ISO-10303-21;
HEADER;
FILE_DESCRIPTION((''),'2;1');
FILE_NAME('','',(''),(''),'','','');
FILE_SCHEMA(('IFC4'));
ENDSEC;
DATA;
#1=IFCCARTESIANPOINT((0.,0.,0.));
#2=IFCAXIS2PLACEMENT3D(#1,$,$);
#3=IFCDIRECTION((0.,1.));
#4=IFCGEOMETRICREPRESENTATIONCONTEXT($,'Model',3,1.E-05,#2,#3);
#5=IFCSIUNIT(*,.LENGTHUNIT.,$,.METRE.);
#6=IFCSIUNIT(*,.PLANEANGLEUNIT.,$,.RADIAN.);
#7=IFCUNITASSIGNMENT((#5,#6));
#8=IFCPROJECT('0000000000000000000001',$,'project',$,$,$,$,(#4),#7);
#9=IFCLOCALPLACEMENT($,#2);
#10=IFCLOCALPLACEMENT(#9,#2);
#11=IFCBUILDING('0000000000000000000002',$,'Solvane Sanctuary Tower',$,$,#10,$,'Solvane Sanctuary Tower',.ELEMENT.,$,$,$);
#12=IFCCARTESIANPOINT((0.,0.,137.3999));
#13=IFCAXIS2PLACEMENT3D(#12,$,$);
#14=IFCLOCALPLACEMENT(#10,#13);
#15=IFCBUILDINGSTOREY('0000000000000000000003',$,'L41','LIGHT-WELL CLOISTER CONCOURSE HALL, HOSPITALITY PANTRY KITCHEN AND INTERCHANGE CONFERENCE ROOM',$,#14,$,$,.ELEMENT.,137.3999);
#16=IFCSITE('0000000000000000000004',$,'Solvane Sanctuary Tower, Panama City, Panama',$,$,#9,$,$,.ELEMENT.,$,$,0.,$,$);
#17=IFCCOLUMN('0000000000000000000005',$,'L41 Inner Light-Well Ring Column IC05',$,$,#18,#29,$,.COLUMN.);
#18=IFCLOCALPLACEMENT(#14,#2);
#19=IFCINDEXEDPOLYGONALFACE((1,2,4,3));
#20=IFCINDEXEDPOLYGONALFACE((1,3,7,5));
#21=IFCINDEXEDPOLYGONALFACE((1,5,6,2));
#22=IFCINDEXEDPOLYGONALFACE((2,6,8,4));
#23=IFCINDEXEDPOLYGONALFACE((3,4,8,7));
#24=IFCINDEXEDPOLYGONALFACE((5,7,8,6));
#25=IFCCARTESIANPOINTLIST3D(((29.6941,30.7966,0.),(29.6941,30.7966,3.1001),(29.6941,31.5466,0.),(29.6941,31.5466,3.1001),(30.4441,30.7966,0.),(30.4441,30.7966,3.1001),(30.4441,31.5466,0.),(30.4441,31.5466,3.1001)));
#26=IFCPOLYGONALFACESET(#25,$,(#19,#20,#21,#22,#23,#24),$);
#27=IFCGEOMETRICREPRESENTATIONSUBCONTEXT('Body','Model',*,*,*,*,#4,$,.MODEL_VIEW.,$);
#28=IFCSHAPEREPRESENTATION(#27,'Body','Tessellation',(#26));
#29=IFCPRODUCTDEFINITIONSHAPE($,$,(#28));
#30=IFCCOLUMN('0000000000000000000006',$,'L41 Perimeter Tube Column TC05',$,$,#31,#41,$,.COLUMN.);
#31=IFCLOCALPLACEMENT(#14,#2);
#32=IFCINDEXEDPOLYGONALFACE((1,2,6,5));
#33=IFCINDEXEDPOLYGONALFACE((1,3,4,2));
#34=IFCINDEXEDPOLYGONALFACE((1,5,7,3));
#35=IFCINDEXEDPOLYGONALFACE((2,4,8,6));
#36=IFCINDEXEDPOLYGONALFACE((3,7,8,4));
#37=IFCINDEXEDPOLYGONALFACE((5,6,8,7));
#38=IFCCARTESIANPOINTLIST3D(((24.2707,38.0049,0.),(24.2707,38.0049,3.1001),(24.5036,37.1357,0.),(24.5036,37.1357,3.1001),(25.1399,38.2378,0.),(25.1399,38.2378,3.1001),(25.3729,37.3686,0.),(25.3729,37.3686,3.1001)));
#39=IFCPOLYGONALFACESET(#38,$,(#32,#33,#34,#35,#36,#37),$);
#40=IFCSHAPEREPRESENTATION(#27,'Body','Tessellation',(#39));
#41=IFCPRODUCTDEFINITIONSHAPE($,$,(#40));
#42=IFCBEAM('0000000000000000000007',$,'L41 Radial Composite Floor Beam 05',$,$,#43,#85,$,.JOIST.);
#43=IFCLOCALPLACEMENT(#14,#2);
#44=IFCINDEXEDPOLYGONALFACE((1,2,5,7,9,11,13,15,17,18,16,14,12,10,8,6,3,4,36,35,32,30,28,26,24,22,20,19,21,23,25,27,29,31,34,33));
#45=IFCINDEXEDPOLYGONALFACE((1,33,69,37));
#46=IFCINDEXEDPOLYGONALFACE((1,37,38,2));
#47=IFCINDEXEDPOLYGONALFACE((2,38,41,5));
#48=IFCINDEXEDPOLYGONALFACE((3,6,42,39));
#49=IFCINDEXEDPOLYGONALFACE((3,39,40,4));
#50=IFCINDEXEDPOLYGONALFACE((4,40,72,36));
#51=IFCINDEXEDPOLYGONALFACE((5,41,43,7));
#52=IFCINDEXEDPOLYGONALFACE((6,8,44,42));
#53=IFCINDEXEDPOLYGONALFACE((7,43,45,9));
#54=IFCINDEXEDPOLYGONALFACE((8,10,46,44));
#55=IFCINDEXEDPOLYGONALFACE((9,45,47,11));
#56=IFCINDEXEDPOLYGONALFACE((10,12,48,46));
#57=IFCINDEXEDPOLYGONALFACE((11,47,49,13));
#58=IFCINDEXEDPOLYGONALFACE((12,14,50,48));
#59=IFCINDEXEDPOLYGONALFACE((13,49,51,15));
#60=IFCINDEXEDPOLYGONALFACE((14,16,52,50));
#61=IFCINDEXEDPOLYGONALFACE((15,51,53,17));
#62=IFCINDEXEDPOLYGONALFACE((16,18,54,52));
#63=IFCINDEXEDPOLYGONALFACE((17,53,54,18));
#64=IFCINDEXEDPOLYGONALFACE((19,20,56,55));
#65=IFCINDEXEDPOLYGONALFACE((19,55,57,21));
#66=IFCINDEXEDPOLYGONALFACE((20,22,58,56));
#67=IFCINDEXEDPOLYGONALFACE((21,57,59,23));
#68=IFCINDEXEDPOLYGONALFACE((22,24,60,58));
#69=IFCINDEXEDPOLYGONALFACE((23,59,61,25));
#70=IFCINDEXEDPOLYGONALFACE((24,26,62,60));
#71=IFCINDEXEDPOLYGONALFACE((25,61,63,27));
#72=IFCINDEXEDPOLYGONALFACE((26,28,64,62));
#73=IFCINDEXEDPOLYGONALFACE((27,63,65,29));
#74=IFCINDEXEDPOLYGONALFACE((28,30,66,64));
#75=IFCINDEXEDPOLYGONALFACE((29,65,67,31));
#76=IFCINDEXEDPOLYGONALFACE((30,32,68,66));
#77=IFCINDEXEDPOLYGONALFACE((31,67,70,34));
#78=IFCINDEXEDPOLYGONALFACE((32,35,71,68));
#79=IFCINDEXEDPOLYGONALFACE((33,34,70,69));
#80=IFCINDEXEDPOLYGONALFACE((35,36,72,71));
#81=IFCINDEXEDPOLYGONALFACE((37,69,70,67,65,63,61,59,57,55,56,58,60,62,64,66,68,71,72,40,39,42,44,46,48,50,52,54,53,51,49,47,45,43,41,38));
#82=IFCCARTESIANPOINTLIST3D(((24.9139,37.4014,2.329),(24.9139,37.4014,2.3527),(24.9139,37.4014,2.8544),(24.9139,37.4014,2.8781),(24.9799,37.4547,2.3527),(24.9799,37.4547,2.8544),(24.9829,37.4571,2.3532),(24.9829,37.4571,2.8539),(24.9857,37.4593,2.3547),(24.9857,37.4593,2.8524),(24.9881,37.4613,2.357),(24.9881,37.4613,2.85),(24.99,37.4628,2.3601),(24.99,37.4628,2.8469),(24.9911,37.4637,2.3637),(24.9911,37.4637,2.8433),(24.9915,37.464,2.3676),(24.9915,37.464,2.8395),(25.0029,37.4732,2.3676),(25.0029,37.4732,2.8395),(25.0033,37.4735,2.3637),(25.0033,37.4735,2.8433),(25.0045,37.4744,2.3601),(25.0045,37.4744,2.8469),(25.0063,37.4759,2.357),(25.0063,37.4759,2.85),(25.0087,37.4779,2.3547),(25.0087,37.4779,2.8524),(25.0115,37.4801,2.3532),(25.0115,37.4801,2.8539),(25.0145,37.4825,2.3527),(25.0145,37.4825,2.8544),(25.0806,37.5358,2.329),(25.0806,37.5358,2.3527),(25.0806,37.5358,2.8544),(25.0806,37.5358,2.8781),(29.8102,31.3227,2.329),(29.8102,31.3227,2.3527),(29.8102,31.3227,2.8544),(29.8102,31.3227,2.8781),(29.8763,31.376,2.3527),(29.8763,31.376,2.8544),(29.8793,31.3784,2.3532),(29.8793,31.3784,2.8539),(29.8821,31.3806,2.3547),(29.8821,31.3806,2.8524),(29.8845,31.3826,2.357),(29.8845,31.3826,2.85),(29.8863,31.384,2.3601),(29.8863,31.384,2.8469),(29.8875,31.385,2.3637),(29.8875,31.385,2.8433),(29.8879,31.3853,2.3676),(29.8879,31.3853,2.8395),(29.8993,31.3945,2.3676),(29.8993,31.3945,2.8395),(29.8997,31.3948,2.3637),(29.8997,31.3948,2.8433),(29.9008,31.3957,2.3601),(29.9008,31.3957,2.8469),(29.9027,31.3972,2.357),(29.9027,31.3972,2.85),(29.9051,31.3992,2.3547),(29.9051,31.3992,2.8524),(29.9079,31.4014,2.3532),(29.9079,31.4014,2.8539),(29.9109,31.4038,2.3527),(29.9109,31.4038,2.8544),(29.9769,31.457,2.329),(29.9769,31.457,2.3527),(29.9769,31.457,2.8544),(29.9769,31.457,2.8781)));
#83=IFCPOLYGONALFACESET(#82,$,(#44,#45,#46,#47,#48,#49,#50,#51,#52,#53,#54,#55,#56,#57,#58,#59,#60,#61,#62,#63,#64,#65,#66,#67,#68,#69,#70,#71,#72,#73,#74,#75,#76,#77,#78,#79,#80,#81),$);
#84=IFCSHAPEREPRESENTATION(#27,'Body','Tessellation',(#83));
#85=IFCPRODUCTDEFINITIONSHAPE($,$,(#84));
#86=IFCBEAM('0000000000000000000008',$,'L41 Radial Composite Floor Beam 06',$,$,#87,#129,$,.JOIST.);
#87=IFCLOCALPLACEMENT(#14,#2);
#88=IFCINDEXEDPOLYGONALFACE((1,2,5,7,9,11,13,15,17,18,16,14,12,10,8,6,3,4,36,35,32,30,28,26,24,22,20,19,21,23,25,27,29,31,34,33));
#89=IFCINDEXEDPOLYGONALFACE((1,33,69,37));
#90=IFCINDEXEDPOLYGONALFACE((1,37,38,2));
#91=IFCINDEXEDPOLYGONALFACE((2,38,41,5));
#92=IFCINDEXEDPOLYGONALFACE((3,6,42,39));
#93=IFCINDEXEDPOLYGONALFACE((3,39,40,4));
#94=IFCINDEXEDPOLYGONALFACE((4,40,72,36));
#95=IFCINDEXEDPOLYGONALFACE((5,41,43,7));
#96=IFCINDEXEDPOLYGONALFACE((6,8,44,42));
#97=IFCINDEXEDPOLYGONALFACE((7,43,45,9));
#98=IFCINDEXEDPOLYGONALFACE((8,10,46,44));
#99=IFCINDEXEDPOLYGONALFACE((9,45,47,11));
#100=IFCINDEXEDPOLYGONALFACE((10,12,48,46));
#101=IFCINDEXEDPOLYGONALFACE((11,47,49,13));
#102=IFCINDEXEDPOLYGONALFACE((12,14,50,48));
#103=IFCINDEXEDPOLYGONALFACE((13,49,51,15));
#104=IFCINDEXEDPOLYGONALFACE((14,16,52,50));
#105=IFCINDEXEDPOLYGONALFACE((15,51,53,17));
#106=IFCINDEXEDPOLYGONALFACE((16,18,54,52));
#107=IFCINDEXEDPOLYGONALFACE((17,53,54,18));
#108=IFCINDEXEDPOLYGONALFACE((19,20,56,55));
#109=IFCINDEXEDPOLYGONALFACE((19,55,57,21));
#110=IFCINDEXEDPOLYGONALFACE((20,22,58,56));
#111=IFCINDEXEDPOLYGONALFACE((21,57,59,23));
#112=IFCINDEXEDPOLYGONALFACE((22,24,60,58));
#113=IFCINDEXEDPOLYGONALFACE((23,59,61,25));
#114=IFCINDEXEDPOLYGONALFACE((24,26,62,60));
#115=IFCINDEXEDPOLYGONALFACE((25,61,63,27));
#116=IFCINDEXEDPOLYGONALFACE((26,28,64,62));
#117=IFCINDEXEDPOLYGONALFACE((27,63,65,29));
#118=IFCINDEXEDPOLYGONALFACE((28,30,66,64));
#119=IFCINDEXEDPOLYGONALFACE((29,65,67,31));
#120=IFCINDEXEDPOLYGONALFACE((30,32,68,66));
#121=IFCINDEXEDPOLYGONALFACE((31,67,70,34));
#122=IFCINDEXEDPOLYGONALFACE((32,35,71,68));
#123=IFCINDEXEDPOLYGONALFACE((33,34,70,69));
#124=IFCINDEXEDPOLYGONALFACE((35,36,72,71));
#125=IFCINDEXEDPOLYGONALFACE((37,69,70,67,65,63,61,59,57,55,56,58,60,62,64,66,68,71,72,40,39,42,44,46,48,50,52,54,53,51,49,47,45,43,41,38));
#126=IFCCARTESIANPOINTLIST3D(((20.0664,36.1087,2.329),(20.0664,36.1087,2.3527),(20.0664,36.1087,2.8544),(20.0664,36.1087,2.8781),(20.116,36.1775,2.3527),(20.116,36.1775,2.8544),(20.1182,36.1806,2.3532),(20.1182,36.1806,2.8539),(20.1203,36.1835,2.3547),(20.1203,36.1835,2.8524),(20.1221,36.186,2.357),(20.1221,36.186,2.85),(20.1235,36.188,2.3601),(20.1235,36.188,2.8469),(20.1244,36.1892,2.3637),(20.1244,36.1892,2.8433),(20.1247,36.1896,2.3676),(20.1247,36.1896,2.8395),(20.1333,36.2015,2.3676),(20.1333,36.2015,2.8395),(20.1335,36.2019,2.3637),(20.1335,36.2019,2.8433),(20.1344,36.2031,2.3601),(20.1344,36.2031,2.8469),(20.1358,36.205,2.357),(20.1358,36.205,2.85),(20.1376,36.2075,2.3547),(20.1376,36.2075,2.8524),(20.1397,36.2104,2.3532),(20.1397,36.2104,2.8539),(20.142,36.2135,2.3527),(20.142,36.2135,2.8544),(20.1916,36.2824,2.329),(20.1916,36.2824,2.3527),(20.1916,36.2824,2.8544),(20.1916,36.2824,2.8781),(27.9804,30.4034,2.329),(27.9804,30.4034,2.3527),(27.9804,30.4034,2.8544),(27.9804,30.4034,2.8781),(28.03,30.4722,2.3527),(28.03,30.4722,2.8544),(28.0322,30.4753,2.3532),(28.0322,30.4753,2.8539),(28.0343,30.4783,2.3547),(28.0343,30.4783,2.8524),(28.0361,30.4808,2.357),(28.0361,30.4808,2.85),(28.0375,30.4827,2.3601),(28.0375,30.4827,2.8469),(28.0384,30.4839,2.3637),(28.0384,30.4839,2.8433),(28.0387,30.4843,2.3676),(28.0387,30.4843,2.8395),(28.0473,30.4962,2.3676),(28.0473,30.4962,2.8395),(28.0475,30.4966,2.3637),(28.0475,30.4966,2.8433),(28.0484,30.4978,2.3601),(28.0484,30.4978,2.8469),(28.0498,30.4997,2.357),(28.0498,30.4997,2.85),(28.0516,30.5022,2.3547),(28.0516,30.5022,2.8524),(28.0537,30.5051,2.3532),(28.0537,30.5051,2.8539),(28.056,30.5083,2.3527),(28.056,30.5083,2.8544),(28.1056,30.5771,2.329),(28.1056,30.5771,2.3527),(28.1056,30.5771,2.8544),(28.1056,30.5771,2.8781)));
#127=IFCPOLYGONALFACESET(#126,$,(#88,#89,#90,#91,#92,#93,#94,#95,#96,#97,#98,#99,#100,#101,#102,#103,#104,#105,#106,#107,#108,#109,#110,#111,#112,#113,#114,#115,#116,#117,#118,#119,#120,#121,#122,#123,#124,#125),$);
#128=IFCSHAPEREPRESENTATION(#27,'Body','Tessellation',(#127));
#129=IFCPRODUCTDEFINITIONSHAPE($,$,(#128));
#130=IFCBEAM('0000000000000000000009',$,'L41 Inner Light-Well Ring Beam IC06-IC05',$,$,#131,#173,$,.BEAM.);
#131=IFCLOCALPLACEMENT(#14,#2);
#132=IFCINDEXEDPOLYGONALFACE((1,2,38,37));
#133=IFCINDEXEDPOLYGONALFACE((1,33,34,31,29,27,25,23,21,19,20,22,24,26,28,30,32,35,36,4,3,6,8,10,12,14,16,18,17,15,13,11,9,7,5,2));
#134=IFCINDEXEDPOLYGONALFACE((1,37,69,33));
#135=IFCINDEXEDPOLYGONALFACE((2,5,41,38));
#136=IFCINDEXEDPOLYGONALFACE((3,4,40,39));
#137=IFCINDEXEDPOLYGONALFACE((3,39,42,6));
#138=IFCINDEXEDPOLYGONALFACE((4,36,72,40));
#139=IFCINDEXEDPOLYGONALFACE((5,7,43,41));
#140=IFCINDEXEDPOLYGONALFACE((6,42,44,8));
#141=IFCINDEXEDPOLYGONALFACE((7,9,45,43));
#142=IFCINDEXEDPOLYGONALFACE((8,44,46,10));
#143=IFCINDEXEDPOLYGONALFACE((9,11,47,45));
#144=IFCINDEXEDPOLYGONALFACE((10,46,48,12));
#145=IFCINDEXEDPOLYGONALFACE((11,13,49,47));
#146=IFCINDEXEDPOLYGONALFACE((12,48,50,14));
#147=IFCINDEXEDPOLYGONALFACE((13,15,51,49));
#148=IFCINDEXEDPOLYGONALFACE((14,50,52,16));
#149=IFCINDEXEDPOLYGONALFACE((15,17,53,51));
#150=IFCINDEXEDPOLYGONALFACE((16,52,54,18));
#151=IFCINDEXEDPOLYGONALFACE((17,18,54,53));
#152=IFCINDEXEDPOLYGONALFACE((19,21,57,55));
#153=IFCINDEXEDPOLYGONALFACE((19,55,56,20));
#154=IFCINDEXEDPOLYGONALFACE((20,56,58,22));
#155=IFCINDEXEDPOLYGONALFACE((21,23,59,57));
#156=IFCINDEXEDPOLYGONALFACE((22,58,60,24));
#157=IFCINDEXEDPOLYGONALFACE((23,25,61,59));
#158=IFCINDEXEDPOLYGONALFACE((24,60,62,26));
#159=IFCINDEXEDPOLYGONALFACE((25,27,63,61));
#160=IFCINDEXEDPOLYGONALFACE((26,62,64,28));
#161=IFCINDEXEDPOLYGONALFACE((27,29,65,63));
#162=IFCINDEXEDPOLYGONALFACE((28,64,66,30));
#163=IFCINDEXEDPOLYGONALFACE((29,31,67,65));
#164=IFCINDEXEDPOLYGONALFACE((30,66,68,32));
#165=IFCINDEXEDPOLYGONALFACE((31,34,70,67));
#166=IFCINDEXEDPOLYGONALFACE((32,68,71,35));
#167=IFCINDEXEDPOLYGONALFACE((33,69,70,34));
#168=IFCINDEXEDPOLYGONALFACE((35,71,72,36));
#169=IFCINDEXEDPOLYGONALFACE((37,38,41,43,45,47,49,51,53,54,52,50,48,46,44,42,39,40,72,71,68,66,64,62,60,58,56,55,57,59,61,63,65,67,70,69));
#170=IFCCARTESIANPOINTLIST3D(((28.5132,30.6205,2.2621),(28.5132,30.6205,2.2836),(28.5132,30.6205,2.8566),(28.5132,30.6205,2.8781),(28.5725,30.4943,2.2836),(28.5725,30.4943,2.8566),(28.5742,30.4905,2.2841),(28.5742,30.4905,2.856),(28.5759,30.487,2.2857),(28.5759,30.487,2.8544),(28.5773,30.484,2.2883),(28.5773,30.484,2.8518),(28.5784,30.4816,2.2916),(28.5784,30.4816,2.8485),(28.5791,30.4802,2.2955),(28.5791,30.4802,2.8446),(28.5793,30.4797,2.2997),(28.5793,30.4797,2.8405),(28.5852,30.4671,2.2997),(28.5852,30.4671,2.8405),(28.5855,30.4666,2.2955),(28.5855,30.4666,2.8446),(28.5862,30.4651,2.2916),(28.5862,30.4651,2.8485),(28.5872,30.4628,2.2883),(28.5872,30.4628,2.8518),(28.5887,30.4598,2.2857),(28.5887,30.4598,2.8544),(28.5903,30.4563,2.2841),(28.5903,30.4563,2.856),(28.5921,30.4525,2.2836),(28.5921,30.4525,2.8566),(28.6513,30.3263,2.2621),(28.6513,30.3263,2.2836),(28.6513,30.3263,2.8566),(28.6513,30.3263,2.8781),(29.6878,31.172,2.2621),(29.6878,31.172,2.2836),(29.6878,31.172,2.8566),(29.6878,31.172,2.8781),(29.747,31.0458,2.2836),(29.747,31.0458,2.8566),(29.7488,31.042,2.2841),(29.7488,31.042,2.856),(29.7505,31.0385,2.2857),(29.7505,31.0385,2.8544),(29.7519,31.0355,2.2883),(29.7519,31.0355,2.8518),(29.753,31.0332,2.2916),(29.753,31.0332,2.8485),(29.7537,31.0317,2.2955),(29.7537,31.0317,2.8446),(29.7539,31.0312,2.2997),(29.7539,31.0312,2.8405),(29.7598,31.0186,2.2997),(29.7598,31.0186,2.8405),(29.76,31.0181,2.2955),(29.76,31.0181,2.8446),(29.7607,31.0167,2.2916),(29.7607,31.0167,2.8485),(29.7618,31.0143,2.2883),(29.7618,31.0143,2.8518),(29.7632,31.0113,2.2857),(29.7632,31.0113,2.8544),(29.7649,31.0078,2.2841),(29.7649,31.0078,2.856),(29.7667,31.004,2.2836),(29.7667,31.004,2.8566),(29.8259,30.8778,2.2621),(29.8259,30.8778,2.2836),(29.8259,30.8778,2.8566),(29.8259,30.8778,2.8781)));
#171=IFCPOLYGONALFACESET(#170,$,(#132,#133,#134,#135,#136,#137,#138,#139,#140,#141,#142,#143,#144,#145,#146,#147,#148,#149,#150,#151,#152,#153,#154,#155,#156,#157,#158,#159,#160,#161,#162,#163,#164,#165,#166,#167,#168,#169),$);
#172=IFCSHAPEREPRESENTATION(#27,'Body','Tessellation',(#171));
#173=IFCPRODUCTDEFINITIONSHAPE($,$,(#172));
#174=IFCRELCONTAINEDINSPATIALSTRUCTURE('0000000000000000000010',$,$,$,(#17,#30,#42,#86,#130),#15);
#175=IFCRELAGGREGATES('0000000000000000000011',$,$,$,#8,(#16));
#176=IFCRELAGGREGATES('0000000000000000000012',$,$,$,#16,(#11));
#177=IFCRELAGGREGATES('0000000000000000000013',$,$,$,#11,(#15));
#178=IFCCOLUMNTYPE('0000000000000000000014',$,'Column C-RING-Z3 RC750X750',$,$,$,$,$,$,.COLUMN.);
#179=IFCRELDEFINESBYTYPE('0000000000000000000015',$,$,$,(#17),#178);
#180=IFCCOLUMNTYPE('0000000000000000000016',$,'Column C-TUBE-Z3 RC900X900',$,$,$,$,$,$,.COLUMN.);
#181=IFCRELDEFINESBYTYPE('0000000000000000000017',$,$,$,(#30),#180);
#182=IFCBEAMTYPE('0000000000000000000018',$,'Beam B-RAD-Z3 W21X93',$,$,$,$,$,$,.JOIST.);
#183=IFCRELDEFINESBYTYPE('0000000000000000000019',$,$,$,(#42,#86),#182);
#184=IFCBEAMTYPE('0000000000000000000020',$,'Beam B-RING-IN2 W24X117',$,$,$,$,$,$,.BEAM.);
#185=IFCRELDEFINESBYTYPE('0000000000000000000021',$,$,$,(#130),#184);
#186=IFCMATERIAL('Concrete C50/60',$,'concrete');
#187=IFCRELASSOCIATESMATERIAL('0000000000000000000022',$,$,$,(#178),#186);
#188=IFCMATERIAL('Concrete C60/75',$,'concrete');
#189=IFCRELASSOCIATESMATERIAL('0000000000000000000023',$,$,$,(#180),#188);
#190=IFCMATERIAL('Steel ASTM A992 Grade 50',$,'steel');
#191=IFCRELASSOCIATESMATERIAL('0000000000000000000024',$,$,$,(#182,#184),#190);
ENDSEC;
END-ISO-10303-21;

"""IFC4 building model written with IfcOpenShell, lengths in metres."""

from ifc_helpers import new_model, si_unit, direction, frame, origin, origin_2d, place, context, subcontext, project, spatial, rectangle, i_section, extrude, material, material_profile, profile_set, type_object, element, save


model = new_model("IFC4")

# Units and contexts
model_context = context("Model", 3, precision=1e-05, world=origin(), true_north=direction((0.0, 1.0)))
body_context = subcontext(model_context, "Body", "Model", "MODEL_VIEW")
ifc_project = project(units=[si_unit("LENGTHUNIT", "METRE"), si_unit("PLANEANGLEUNIT", "RADIAN")], contexts=[model_context])

# Site, building, storey
site_placement = place(None, origin())
site = spatial("IfcSite", under=ifc_project, at=site_placement, Name="Solvane Sanctuary Tower, Panama City, Panama", CompositionType="ELEMENT", RefElevation=0.0)
building_placement = place(site_placement, origin())
building = spatial("IfcBuilding", under=site, at=building_placement, Name="Solvane Sanctuary Tower", LongName="Solvane Sanctuary Tower", CompositionType="ELEMENT")
storey_placement = place(building_placement, frame((0.0, 0.0, 137.3999)))
storey = spatial("IfcBuildingStorey", under=building, at=storey_placement, Name="L41", Description="LIGHT-WELL CLOISTER CONCOURSE HALL, HOSPITALITY PANTRY KITCHEN AND INTERCHANGE CONFERENCE ROOM", CompositionType="ELEMENT", Elevation=137.3999)

# Columns
ifc_material_1 = material(Name="Concrete C50/60", Category="concrete")
ifc_material_profile_1 = material_profile(ifc_material_1, rectangle(XDim=0.75, YDim=0.75, at=origin_2d()), Name="RC750X750")
ifc_profile_set_1 = profile_set([ifc_material_profile_1], Name="Concrete C50/60")
column_type_1 = type_object("IfcColumnType", Name="Column C-RING-Z3 RC750X750", PredefinedType="COLUMN", material=ifc_profile_set_1)
column_1_placement = place(storey_placement, frame((30.0691, 31.1716, 0.0), z_axis=(0.0, 0.0, 1.0), x_axis=(1.0, 0.0, 0.0)))
element("IfcColumn", 1, at=column_1_placement, inside=storey, type_object=column_type_1, Name="L41 Inner Light-Well Ring Column IC05", PredefinedType="COLUMN", context=body_context, shape_type="SweptSolid", body=[
    extrude(rectangle(XDim=0.75, YDim=0.75, at=origin_2d()), origin(), (0.0, 0.0, 1.0), 3.1001),
])
ifc_material_2 = material(Name="Concrete C60/75", Category="concrete")
ifc_material_profile_2 = material_profile(ifc_material_2, rectangle(XDim=0.8999, YDim=0.8999, at=origin_2d()), Name="RC900X900")
ifc_profile_set_2 = profile_set([ifc_material_profile_2], Name="Concrete C60/75")
column_type_2 = type_object("IfcColumnType", Name="Column C-TUBE-Z3 RC900X900", PredefinedType="COLUMN", material=ifc_profile_set_2)
column_2_placement = place(storey_placement, frame((24.8218, 37.6868, 0.0), z_axis=(0.0, 0.0, 1.0), x_axis=(-0.258819, 0.965926, 0.0)))
element("IfcColumn", 2, at=column_2_placement, inside=storey, type_object=column_type_2, Name="L41 Perimeter Tube Column TC05", PredefinedType="COLUMN", context=body_context, shape_type="SweptSolid", body=[
    extrude(rectangle(XDim=0.8999, YDim=0.8999, at=origin_2d()), origin(), (0.0, 0.0, 1.0), 3.1001),
])

# Beams
ifc_material_3 = material(Name="Steel ASTM A992 Grade 50", Category="steel")
ifc_material_profile_3 = material_profile(ifc_material_3, i_section(OverallWidth=0.2141, OverallDepth=0.5491, WebThickness=0.0146, FlangeThickness=0.0237, FilletRadius=0.0149, at=origin_2d()), Name="W21X93")
ifc_profile_set_3 = profile_set([ifc_material_profile_3], Name="Steel ASTM A992 Grade 50")
beam_type_1 = type_object("IfcBeamType", Name="Beam B-RAD-Z3 W21X93", PredefinedType="JOIST", material=ifc_profile_set_3)
beam_1_placement = place(storey_placement, frame((29.8936, 31.3899, 2.6035), z_axis=(-0.627297, 0.77878, 0.0), x_axis=(-0.77878, -0.627297, 0.0)))
element("IfcBeam", 3, at=beam_1_placement, inside=storey, type_object=beam_type_1, Name="L41 Radial Composite Floor Beam 05", PredefinedType="JOIST", context=body_context, shape_type="SweptSolid", body=[
    extrude(i_section(OverallWidth=0.2141, OverallDepth=0.5491, WebThickness=0.0146, FlangeThickness=0.0237, FilletRadius=0.0149, at=origin_2d()), origin(), (0.0, 0.0, 1.0), 7.8054),
])
beam_2_placement = place(storey_placement, frame((28.043, 30.4902, 2.6035), z_axis=(-0.811184, 0.58479, 0.0), x_axis=(-0.58479, -0.811184, 0.0)))
element("IfcBeam", 4, at=beam_2_placement, inside=storey, type_object=beam_type_1, Name="L41 Radial Composite Floor Beam 06", PredefinedType="JOIST", context=body_context, shape_type="SweptSolid", body=[
    extrude(i_section(OverallWidth=0.2141, OverallDepth=0.5491, WebThickness=0.0146, FlangeThickness=0.0237, FilletRadius=0.0149, at=origin_2d()), origin(), (0.0, 0.0, 1.0), 9.7561),
])
ifc_material_profile_4 = material_profile(ifc_material_3, i_section(OverallWidth=0.325, OverallDepth=0.616, WebThickness=0.0139, FlangeThickness=0.0215, FilletRadius=0.0161, at=origin_2d()), Name="W24X117")
ifc_profile_set_4 = profile_set([ifc_material_profile_4], Name="Steel ASTM A992 Grade 50")
beam_type_2 = type_object("IfcBeamType", Name="Beam B-RING-IN2 W24X117", PredefinedType="BEAM", material=ifc_profile_set_4)
beam_3_placement = place(storey_placement, frame((28.5823, 30.4734, 2.5701), z_axis=(0.905181, 0.425027, 0.0), x_axis=(-0.425027, 0.905181, 0.0)))
element("IfcBeam", 5, at=beam_3_placement, inside=storey, type_object=beam_type_2, Name="L41 Inner Light-Well Ring Beam IC06-IC05", PredefinedType="BEAM", context=body_context, shape_type="SweptSolid", body=[
    extrude(i_section(OverallWidth=0.325, OverallDepth=0.616, WebThickness=0.0139, FlangeThickness=0.0215, FilletRadius=0.0161, at=origin_2d()), origin(), (0.0, 0.0, 1.0), 1.2976),
])

save(model, "model.ifc")
